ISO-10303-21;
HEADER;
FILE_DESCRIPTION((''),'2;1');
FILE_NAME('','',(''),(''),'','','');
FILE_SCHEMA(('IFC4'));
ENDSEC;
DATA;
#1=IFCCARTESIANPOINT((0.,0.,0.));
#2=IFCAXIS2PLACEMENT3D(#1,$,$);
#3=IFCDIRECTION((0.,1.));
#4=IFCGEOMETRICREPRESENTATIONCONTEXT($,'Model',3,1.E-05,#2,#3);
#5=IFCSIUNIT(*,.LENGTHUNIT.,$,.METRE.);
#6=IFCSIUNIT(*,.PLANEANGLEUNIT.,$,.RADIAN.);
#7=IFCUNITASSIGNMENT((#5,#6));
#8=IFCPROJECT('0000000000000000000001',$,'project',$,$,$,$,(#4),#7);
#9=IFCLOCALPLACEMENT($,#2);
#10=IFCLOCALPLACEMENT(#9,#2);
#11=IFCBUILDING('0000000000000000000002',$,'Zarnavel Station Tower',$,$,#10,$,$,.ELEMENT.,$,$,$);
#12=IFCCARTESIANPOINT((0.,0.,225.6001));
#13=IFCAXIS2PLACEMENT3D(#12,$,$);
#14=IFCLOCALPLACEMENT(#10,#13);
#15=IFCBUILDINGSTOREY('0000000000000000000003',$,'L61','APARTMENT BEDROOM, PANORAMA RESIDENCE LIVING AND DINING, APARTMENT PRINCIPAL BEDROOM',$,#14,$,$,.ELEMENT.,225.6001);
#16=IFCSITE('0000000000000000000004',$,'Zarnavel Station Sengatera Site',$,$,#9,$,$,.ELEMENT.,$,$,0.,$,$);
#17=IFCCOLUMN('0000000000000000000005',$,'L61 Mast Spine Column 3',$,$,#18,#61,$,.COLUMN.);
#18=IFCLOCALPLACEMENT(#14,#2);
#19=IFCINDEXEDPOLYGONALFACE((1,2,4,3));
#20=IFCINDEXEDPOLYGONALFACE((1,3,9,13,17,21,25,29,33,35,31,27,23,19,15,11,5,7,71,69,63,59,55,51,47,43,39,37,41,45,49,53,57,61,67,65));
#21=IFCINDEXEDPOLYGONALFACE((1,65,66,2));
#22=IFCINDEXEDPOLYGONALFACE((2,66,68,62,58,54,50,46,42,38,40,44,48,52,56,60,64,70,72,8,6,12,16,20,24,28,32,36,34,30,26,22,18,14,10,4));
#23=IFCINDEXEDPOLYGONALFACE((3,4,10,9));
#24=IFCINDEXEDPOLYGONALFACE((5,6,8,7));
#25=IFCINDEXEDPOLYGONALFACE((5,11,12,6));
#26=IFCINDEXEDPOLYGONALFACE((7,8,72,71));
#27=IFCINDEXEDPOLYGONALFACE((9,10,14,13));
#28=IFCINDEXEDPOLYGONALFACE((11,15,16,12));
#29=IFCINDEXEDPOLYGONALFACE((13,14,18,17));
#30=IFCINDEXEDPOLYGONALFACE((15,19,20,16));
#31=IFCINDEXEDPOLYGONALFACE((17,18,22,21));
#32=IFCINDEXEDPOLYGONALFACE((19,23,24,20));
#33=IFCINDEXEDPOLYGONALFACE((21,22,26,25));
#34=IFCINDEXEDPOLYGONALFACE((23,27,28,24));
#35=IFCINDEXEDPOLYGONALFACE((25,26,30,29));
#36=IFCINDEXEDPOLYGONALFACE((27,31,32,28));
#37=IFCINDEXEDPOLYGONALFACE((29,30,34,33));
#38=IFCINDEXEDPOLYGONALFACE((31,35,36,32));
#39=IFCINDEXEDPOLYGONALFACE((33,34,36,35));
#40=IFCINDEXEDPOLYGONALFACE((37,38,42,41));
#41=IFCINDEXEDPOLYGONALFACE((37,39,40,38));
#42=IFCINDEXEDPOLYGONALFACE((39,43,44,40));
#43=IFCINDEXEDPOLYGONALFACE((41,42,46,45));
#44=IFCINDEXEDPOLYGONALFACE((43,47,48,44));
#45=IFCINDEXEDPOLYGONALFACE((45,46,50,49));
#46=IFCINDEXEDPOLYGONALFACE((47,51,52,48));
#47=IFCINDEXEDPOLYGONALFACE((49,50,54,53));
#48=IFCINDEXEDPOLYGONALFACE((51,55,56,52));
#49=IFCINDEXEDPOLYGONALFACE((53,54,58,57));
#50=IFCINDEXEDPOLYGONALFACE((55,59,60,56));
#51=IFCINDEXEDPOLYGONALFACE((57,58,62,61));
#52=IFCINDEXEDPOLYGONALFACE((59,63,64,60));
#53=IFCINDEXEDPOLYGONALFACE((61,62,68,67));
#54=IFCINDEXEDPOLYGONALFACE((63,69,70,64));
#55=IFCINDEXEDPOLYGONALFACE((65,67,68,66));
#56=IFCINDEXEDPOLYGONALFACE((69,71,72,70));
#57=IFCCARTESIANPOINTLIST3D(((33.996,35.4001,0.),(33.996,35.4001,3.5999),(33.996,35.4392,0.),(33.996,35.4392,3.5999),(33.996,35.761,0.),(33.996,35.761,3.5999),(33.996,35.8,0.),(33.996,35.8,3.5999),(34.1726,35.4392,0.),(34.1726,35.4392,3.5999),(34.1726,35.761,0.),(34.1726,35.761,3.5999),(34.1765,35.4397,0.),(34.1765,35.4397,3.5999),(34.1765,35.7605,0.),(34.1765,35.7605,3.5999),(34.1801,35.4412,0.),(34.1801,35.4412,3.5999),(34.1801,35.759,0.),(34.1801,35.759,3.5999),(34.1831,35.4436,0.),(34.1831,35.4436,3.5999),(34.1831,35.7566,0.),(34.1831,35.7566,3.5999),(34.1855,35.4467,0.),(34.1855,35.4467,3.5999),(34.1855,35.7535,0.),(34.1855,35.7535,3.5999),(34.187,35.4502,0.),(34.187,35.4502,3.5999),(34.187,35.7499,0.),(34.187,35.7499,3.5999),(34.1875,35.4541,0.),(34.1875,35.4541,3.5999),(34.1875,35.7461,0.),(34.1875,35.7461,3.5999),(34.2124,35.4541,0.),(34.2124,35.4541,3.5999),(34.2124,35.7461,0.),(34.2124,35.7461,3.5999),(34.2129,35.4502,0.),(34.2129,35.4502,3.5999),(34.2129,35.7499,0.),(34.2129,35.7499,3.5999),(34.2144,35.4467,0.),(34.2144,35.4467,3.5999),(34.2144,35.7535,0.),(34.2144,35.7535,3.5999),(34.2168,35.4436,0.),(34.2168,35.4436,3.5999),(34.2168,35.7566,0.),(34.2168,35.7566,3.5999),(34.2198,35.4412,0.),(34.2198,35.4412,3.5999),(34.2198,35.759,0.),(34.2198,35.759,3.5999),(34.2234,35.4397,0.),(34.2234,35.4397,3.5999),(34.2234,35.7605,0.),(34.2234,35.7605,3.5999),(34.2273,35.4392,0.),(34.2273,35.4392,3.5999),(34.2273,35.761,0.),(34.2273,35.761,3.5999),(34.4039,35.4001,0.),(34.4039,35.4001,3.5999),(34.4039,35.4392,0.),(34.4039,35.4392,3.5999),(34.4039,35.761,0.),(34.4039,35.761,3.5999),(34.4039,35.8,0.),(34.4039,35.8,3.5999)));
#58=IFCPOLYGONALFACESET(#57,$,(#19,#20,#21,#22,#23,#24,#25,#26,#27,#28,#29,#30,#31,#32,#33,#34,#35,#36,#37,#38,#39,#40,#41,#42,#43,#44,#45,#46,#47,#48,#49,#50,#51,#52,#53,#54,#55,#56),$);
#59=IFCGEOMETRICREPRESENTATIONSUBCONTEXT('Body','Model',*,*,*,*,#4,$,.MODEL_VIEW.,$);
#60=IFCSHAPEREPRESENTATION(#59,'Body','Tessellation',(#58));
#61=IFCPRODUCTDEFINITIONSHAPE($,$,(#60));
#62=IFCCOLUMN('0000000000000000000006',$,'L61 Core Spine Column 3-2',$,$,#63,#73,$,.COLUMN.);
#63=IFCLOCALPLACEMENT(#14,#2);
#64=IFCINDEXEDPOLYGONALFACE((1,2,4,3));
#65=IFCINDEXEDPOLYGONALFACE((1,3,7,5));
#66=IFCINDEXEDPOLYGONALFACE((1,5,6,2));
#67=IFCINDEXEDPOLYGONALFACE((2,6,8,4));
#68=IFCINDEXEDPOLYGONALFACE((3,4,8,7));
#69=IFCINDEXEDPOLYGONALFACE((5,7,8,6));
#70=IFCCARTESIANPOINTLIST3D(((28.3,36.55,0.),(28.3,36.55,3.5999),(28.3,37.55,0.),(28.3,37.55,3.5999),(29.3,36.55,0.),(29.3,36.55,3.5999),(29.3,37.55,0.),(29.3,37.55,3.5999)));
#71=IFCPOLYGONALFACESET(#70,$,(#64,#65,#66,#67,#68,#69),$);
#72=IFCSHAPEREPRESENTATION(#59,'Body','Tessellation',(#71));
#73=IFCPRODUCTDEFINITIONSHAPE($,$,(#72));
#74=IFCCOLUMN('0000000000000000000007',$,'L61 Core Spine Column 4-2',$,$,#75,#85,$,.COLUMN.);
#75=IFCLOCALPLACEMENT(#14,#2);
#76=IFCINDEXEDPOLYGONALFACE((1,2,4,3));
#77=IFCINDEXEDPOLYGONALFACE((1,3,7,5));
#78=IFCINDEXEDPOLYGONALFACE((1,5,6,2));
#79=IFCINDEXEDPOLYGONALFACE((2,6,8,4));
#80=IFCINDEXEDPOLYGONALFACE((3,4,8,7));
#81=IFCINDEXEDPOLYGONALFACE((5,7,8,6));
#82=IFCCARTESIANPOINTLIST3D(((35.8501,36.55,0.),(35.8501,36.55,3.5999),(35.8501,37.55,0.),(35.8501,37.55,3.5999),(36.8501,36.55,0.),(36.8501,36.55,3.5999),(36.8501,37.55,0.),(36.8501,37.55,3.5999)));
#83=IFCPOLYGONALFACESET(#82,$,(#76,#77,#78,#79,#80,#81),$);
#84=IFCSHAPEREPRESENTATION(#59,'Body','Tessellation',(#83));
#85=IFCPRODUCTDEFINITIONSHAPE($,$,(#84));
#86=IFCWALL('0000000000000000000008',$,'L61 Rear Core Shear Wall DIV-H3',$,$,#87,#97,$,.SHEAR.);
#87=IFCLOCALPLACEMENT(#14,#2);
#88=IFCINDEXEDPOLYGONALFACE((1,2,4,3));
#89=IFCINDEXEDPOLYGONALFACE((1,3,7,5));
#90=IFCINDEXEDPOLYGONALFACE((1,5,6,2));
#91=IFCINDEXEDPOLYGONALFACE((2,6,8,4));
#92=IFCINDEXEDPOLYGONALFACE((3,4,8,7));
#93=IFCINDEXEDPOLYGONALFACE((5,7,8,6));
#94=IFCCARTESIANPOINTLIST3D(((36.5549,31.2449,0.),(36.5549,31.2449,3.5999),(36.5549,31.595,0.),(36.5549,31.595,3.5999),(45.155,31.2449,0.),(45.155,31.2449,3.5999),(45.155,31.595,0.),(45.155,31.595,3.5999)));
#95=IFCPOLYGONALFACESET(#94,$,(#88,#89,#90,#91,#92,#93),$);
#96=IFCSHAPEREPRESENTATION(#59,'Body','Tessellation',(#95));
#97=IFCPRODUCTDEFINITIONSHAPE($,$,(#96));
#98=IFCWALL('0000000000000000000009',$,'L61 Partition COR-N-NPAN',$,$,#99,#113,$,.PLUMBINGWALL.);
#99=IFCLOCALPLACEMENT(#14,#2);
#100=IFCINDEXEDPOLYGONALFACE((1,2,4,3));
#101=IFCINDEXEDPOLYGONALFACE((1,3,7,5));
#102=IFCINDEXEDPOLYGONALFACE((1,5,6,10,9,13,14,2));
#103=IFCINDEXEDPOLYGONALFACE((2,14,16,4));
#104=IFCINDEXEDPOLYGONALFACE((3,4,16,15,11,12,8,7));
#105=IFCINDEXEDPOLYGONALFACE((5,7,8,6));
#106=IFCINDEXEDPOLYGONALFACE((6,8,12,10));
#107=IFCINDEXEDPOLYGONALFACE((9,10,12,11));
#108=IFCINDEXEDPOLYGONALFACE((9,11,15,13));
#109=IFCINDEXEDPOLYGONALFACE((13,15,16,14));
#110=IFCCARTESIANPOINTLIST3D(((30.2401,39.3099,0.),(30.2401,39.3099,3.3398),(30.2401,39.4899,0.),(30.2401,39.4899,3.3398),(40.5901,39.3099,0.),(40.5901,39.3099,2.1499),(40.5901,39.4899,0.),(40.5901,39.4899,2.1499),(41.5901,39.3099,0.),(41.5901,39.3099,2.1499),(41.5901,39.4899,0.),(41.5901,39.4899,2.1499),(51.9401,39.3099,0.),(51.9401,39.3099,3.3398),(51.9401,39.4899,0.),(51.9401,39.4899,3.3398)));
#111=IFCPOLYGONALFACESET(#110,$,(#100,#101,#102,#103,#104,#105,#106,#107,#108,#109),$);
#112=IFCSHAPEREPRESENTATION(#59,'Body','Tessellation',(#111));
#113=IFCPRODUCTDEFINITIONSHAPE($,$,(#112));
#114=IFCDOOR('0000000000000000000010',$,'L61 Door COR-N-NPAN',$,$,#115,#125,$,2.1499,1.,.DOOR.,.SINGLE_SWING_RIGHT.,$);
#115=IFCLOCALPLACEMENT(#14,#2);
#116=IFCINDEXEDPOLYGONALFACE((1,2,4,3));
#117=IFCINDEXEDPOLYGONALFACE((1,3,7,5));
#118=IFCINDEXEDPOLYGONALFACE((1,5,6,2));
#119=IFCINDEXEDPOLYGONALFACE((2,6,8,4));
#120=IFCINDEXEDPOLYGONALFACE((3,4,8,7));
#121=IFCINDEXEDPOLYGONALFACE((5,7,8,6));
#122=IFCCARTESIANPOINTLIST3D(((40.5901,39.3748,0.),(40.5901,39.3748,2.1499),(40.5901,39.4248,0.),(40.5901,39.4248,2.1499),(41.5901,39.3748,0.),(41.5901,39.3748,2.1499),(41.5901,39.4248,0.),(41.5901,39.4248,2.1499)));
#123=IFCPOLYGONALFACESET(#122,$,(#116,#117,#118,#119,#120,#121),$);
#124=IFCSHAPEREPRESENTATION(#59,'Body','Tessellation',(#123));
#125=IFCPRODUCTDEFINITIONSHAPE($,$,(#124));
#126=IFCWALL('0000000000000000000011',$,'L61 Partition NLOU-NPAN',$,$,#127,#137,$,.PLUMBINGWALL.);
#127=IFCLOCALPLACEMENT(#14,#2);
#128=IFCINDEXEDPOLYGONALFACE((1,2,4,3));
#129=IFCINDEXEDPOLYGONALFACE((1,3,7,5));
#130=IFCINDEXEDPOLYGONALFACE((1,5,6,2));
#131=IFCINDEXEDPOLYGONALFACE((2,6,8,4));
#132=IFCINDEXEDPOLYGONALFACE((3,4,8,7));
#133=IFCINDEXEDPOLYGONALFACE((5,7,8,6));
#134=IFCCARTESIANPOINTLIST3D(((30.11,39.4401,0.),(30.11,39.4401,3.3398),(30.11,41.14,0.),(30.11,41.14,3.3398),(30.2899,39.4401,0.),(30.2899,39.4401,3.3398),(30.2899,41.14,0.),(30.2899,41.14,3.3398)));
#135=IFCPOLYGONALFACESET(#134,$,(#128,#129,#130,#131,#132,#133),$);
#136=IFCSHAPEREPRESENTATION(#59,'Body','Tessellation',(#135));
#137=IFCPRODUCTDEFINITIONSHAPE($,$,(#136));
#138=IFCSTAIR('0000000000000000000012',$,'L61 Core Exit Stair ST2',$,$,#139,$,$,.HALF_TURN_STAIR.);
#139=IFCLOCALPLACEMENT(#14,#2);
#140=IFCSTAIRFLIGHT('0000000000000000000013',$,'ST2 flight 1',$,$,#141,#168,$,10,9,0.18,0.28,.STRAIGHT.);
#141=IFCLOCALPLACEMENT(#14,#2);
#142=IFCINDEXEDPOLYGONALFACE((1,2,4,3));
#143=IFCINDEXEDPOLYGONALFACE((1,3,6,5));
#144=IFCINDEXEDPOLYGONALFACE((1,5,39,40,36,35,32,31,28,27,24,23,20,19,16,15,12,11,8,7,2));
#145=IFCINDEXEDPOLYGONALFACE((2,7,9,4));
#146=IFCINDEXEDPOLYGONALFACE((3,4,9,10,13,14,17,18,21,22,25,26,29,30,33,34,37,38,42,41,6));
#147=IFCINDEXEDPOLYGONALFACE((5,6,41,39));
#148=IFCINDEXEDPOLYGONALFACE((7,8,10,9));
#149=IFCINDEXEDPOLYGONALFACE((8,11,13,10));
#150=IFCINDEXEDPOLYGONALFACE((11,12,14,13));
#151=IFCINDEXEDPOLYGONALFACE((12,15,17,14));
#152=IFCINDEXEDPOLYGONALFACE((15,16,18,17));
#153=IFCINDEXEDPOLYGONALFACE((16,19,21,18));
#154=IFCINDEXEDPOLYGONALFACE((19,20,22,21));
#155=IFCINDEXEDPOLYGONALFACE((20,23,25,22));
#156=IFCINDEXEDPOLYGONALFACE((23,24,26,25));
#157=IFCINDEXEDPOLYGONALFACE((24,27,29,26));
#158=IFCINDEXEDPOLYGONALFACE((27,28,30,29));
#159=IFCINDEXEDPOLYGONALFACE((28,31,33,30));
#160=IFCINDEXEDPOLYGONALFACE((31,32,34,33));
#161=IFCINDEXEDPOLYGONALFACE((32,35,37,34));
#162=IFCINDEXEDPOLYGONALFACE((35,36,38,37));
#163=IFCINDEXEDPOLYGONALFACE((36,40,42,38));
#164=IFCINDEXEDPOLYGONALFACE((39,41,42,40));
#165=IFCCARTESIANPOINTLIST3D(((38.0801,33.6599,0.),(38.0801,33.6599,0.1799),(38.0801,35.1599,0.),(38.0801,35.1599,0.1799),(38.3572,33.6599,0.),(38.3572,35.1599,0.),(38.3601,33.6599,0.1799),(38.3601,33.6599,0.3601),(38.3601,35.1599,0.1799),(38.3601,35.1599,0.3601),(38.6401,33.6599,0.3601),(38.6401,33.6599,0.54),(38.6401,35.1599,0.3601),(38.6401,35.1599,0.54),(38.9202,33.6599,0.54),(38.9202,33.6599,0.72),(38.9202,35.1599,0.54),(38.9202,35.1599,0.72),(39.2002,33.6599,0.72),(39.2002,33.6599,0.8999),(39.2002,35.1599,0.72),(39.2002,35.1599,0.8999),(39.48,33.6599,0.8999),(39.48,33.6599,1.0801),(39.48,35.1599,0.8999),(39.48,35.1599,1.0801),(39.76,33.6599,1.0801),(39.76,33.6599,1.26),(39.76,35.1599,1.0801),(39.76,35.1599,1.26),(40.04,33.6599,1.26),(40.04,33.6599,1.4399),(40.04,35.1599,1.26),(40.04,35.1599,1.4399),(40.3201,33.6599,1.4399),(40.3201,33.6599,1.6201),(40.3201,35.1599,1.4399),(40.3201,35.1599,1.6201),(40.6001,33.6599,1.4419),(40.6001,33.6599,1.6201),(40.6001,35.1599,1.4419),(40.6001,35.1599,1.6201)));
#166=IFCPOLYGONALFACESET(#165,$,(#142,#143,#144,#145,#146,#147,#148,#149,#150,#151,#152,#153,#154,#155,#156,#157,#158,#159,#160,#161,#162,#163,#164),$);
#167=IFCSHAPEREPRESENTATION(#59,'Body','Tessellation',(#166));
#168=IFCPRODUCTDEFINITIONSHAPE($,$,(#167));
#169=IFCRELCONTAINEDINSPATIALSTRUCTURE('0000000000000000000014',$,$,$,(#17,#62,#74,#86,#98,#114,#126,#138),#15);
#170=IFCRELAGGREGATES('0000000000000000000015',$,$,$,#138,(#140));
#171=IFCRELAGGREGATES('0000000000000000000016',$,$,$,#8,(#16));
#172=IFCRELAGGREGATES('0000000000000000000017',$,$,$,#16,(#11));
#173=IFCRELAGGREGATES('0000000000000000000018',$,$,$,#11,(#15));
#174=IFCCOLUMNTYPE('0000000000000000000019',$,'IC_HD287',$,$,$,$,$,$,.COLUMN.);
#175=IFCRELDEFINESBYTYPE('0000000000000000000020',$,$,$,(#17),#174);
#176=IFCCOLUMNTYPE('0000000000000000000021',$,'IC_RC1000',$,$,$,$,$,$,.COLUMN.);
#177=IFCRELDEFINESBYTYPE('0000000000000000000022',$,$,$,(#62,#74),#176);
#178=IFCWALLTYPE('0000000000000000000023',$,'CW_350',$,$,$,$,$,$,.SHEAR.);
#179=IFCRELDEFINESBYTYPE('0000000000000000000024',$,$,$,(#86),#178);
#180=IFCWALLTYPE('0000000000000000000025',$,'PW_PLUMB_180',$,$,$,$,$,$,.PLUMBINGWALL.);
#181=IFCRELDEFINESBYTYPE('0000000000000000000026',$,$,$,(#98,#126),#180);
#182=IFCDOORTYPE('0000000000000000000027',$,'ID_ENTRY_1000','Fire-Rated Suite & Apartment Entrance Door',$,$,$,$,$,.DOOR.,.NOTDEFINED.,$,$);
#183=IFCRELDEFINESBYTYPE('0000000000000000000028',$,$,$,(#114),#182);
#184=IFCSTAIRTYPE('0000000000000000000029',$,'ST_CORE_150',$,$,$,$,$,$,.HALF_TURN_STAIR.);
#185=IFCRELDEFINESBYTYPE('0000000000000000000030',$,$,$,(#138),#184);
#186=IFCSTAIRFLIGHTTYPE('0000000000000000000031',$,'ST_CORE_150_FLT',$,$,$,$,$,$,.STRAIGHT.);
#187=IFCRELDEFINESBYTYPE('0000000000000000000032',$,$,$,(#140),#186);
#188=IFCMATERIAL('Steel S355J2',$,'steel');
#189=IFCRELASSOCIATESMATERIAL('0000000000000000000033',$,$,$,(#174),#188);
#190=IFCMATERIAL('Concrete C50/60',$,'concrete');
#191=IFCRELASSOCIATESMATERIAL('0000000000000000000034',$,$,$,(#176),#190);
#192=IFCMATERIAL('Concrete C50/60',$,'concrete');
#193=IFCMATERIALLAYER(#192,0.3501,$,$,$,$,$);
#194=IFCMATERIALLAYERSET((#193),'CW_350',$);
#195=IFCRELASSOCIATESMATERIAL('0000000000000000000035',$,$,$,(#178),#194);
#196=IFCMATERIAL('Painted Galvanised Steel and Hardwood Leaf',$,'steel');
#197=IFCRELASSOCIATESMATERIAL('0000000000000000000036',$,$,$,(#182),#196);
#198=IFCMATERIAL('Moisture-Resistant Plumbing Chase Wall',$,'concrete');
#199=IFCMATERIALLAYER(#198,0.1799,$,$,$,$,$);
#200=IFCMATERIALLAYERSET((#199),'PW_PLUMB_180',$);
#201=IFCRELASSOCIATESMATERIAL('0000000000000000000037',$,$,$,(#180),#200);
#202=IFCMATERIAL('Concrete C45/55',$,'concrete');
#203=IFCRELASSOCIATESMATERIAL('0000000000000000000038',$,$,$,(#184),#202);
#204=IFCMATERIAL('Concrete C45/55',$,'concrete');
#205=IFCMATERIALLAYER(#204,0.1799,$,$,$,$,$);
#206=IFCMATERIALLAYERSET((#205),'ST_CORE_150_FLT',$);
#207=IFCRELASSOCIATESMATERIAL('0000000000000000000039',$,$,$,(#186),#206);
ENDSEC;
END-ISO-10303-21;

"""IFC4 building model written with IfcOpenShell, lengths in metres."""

from ifc_helpers import new_model, si_unit, direction, frame, frame_2d, origin, origin_2d, place, context, subcontext, project, spatial, polyline, rectangle, i_section, outline, extrude, material, layer, layer_set, material_profile, profile_set, type_object, element, fill, aggregate, save


model = new_model("IFC4")

# Units and contexts
model_context = context("Model", 3, precision=1e-05, world=origin(), true_north=direction((0.0, 1.0)))
body_context = subcontext(model_context, "Body", "Model", "MODEL_VIEW")
ifc_project = project(units=[si_unit("LENGTHUNIT", "METRE"), si_unit("PLANEANGLEUNIT", "RADIAN")], contexts=[model_context])

# Site, building, storey
site_placement = place(None, origin())
site = spatial("IfcSite", under=ifc_project, at=site_placement, Name="Zarnavel Station Sengatera Site", CompositionType="ELEMENT", RefElevation=0.0)
building_placement = place(site_placement, origin())
building = spatial("IfcBuilding", under=site, at=building_placement, Name="Zarnavel Station Tower", CompositionType="ELEMENT")
storey_placement = place(building_placement, frame((0.0, 0.0, 225.6001)))
storey = spatial("IfcBuildingStorey", under=building, at=storey_placement, Name="L61", Description="APARTMENT BEDROOM, PANORAMA RESIDENCE LIVING AND DINING, APARTMENT PRINCIPAL BEDROOM", CompositionType="ELEMENT", Elevation=225.6001)

# Columns
ifc_material_1 = material(Name="Steel S355J2", Category="steel")
ifc_material_profile_1 = material_profile(ifc_material_1, i_section(OverallWidth=0.408, OverallDepth=0.3999, WebThickness=0.0249, FlangeThickness=0.0391, FilletRadius=0.0149, at=origin_2d()), Name="HD400x287")
ifc_profile_set_1 = profile_set([ifc_material_profile_1], Name="Steel S355J2")
column_type_1 = type_object("IfcColumnType", Name="IC_HD287", PredefinedType="COLUMN", material=ifc_profile_set_1)
column_placement = place(storey_placement, frame((34.2, 35.6001, 0.0), z_axis=(0.0, 0.0, 1.0), x_axis=(1.0, 0.0, 0.0)))
element("IfcColumn", 1, at=column_placement, inside=storey, type_object=column_type_1, Name="L61 Mast Spine Column 3", PredefinedType="COLUMN", context=body_context, shape_type="SweptSolid", body=[
    extrude(i_section(OverallWidth=0.408, OverallDepth=0.3999, WebThickness=0.0249, FlangeThickness=0.0391, FilletRadius=0.0149, at=origin_2d()), origin(), (0.0, 0.0, 1.0), 3.5999),
])
ifc_material_2 = material(Name="Concrete C50/60", Category="concrete")
ifc_material_profile_2 = material_profile(ifc_material_2, rectangle(XDim=1.0, YDim=1.0, at=origin_2d()), Name="RC1000x1000")
ifc_profile_set_2 = profile_set([ifc_material_profile_2], Name="Concrete C50/60")
column_type_2 = type_object("IfcColumnType", Name="IC_RC1000", PredefinedType="COLUMN", material=ifc_profile_set_2)
for number, where, z_axis, x_axis, name in (
    (2, (28.8, 37.05, 0.0), (0.0, 0.0, 1.0), (1.0, 0.0, 0.0), "L61 Core Spine Column 3-2"),
    (3, (36.3501, 37.05, 0.0), (0.0, 0.0, 1.0), (1.0, 0.0, 0.0), "L61 Core Spine Column 4-2"),
):
    element("IfcColumn", number, at=place(storey_placement, frame(where, z_axis=z_axis, x_axis=x_axis)), inside=storey, type_object=column_type_2, Name=name, PredefinedType="COLUMN", context=body_context, shape_type="SweptSolid", body=[
        extrude(rectangle(XDim=1.0, YDim=1.0, at=origin_2d()), origin(), (0.0, 0.0, 1.0), 3.5999),
    ])

# Wall
ifc_material_3 = material(Name="Concrete C50/60", Category="concrete")
ifc_layer_1 = layer(ifc_material_3, 0.3501)
ifc_layer_set_1 = layer_set([ifc_layer_1], Name="CW_350")
wall_type_1 = type_object("IfcWallType", Name="CW_350", PredefinedType="SHEAR", material=ifc_layer_set_1)
wall_1_placement = place(storey_placement, frame((36.5549, 31.4199, 0.0), z_axis=(0.0, 0.0, 1.0), x_axis=(1.0, 0.0, 0.0)))
element("IfcWall", 4, at=wall_1_placement, inside=storey, type_object=wall_type_1, Name="L61 Rear Core Shear Wall DIV-H3", PredefinedType="SHEAR", context=body_context, shape_type="SweptSolid", body=[
    extrude(rectangle(XDim=8.6001, YDim=0.3501, at=frame_2d((4.3, 0.0))), origin(), (0.0, 0.0, 1.0), 3.5999),
])

# Wall, opening, door
ifc_material_4 = material(Name="Painted Galvanised Steel and Hardwood Leaf", Category="steel")
door_type_1 = type_object("IfcDoorType", Name="ID_ENTRY_1000", Description="Fire-Rated Suite & Apartment Entrance Door", OperationType="NOTDEFINED", PredefinedType="DOOR", material=ifc_material_4)
ifc_material_5 = material(Name="Moisture-Resistant Plumbing Chase Wall", Category="concrete")
ifc_layer_2 = layer(ifc_material_5, 0.1799)
ifc_layer_set_2 = layer_set([ifc_layer_2], Name="PW_PLUMB_180")
wall_type_2 = type_object("IfcWallType", Name="PW_PLUMB_180", PredefinedType="PLUMBINGWALL", material=ifc_layer_set_2)
wall_2_placement = place(storey_placement, frame((30.24, 39.3999, 0.0), z_axis=(0.0, 0.0, 1.0), x_axis=(1.0, 0.0, 0.0)))
wall_2 = element("IfcWall", 5, at=wall_2_placement, inside=storey, type_object=wall_type_2, Name="L61 Partition COR-N-NPAN", PredefinedType="PLUMBINGWALL", context=body_context, shape_type="SweptSolid", body=[
    extrude(rectangle(XDim=21.7, YDim=0.1799, at=frame_2d((10.8501, 0.0))), origin(), (0.0, 0.0, 1.0), 3.3398),
])
opening_1_placement = place(wall_2_placement, frame((10.3501, 0.0, 0.0)))
opening_1 = element("IfcOpeningElement", 6, at=opening_1_placement, cuts=wall_2, PredefinedType="OPENING", context=body_context, shape_type="SweptSolid", body=[
    extrude(rectangle(XDim=1.0, YDim=2.1499, at=frame_2d((0.5, 1.075))), frame((0.0, 0.0999, 0.0), z_axis=(0.0, -1.0, 0.0), x_axis=(1.0, 0.0, 0.0)), (0.0, 0.0, 1.0), 0.2),
])
door_1_placement = place(opening_1_placement, origin())
door_1 = element("IfcDoor", 7, at=door_1_placement, inside=storey, type_object=door_type_1, Name="L61 Door COR-N-NPAN", OperationType="SINGLE_SWING_RIGHT", OverallHeight=2.1499, OverallWidth=1.0, PredefinedType="DOOR", context=body_context, shape_type="SweptSolid", body=[
    extrude(rectangle(XDim=1.0, YDim=2.1499, at=frame_2d((0.5, 1.075))), frame((0.0, 0.0249, 0.0), z_axis=(0.0, -1.0, 0.0), x_axis=(1.0, 0.0, 0.0)), (0.0, 0.0, 1.0), 0.05),
])
fill(opening_1, door_1)

# Wall
wall_3_placement = place(storey_placement, frame((30.2, 39.4399, 0.0), z_axis=(0.0, 0.0, 1.0), x_axis=(0.0, 1.0, 0.0)))
element("IfcWall", 8, at=wall_3_placement, inside=storey, type_object=wall_type_2, Name="L61 Partition NLOU-NPAN", PredefinedType="PLUMBINGWALL", context=body_context, shape_type="SweptSolid", body=[
    extrude(rectangle(XDim=1.7, YDim=0.1799, at=frame_2d((0.8501, 0.0))), origin(), (0.0, 0.0, 1.0), 3.3398),
])

# Stair, stair flight
ifc_material_6 = material(Name="Concrete C45/55", Category="concrete")
stair_type = type_object("IfcStairType", Name="ST_CORE_150", PredefinedType="HALF_TURN_STAIR", material=ifc_material_6)
stair_1_placement = place(storey_placement, origin())
stair_1 = element("IfcStair", 9, at=stair_1_placement, inside=storey, type_object=stair_type, Name="L61 Core Exit Stair ST2", PredefinedType="HALF_TURN_STAIR")
ifc_material_7 = material(Name="Concrete C45/55", Category="concrete")
ifc_layer_3 = layer(ifc_material_7, 0.1799)
ifc_layer_set_3 = layer_set([ifc_layer_3], Name="ST_CORE_150_FLT")
stair_flight_type = type_object("IfcStairFlightType", Name="ST_CORE_150_FLT", PredefinedType="STRAIGHT", material=ifc_layer_set_3)
stair_flight_1_placement = place(storey_placement, frame((38.0801, 34.4099, 0.0), z_axis=(0.0, 0.0, 1.0), x_axis=(1.0, 0.0, 0.0)))
stair_flight_1 = element("IfcStairFlight", 10, at=stair_flight_1_placement, type_object=stair_flight_type, Name="ST2 flight 1", NumberOfRisers=10, NumberOfTreads=9, PredefinedType="STRAIGHT", RiserHeight=0.18, TreadLength=0.28, context=body_context, shape_type="SweptSolid", body=[
    extrude(outline(polyline([(0.0, 0.0), (0.0, 0.1799), (0.28, 0.1799), (0.28, 0.3601), (0.5601, 0.3601), (0.5601, 0.54), (0.8401, 0.54), (0.8401, 0.72), (1.1201, 0.72), (1.1201, 0.8999), (1.3999, 0.8999), (1.3999, 1.0801), (1.6799, 1.0801), (1.6799, 1.26), (1.96, 1.26), (1.96, 1.4399), (2.24, 1.4399), (2.24, 1.6201), (2.52, 1.6201), (2.52, 1.8), (2.52, 1.4419), (0.2771, 0.0), (0.0, 0.0)])), frame((0.0, 0.75, 0.0), z_axis=(0.0, -1.0, 0.0), x_axis=(1.0, 0.0, 0.0)), (0.0, 0.0, 1.0), 1.5),
])
aggregate(stair_1, [stair_flight_1])

save(model, "model.ifc")
